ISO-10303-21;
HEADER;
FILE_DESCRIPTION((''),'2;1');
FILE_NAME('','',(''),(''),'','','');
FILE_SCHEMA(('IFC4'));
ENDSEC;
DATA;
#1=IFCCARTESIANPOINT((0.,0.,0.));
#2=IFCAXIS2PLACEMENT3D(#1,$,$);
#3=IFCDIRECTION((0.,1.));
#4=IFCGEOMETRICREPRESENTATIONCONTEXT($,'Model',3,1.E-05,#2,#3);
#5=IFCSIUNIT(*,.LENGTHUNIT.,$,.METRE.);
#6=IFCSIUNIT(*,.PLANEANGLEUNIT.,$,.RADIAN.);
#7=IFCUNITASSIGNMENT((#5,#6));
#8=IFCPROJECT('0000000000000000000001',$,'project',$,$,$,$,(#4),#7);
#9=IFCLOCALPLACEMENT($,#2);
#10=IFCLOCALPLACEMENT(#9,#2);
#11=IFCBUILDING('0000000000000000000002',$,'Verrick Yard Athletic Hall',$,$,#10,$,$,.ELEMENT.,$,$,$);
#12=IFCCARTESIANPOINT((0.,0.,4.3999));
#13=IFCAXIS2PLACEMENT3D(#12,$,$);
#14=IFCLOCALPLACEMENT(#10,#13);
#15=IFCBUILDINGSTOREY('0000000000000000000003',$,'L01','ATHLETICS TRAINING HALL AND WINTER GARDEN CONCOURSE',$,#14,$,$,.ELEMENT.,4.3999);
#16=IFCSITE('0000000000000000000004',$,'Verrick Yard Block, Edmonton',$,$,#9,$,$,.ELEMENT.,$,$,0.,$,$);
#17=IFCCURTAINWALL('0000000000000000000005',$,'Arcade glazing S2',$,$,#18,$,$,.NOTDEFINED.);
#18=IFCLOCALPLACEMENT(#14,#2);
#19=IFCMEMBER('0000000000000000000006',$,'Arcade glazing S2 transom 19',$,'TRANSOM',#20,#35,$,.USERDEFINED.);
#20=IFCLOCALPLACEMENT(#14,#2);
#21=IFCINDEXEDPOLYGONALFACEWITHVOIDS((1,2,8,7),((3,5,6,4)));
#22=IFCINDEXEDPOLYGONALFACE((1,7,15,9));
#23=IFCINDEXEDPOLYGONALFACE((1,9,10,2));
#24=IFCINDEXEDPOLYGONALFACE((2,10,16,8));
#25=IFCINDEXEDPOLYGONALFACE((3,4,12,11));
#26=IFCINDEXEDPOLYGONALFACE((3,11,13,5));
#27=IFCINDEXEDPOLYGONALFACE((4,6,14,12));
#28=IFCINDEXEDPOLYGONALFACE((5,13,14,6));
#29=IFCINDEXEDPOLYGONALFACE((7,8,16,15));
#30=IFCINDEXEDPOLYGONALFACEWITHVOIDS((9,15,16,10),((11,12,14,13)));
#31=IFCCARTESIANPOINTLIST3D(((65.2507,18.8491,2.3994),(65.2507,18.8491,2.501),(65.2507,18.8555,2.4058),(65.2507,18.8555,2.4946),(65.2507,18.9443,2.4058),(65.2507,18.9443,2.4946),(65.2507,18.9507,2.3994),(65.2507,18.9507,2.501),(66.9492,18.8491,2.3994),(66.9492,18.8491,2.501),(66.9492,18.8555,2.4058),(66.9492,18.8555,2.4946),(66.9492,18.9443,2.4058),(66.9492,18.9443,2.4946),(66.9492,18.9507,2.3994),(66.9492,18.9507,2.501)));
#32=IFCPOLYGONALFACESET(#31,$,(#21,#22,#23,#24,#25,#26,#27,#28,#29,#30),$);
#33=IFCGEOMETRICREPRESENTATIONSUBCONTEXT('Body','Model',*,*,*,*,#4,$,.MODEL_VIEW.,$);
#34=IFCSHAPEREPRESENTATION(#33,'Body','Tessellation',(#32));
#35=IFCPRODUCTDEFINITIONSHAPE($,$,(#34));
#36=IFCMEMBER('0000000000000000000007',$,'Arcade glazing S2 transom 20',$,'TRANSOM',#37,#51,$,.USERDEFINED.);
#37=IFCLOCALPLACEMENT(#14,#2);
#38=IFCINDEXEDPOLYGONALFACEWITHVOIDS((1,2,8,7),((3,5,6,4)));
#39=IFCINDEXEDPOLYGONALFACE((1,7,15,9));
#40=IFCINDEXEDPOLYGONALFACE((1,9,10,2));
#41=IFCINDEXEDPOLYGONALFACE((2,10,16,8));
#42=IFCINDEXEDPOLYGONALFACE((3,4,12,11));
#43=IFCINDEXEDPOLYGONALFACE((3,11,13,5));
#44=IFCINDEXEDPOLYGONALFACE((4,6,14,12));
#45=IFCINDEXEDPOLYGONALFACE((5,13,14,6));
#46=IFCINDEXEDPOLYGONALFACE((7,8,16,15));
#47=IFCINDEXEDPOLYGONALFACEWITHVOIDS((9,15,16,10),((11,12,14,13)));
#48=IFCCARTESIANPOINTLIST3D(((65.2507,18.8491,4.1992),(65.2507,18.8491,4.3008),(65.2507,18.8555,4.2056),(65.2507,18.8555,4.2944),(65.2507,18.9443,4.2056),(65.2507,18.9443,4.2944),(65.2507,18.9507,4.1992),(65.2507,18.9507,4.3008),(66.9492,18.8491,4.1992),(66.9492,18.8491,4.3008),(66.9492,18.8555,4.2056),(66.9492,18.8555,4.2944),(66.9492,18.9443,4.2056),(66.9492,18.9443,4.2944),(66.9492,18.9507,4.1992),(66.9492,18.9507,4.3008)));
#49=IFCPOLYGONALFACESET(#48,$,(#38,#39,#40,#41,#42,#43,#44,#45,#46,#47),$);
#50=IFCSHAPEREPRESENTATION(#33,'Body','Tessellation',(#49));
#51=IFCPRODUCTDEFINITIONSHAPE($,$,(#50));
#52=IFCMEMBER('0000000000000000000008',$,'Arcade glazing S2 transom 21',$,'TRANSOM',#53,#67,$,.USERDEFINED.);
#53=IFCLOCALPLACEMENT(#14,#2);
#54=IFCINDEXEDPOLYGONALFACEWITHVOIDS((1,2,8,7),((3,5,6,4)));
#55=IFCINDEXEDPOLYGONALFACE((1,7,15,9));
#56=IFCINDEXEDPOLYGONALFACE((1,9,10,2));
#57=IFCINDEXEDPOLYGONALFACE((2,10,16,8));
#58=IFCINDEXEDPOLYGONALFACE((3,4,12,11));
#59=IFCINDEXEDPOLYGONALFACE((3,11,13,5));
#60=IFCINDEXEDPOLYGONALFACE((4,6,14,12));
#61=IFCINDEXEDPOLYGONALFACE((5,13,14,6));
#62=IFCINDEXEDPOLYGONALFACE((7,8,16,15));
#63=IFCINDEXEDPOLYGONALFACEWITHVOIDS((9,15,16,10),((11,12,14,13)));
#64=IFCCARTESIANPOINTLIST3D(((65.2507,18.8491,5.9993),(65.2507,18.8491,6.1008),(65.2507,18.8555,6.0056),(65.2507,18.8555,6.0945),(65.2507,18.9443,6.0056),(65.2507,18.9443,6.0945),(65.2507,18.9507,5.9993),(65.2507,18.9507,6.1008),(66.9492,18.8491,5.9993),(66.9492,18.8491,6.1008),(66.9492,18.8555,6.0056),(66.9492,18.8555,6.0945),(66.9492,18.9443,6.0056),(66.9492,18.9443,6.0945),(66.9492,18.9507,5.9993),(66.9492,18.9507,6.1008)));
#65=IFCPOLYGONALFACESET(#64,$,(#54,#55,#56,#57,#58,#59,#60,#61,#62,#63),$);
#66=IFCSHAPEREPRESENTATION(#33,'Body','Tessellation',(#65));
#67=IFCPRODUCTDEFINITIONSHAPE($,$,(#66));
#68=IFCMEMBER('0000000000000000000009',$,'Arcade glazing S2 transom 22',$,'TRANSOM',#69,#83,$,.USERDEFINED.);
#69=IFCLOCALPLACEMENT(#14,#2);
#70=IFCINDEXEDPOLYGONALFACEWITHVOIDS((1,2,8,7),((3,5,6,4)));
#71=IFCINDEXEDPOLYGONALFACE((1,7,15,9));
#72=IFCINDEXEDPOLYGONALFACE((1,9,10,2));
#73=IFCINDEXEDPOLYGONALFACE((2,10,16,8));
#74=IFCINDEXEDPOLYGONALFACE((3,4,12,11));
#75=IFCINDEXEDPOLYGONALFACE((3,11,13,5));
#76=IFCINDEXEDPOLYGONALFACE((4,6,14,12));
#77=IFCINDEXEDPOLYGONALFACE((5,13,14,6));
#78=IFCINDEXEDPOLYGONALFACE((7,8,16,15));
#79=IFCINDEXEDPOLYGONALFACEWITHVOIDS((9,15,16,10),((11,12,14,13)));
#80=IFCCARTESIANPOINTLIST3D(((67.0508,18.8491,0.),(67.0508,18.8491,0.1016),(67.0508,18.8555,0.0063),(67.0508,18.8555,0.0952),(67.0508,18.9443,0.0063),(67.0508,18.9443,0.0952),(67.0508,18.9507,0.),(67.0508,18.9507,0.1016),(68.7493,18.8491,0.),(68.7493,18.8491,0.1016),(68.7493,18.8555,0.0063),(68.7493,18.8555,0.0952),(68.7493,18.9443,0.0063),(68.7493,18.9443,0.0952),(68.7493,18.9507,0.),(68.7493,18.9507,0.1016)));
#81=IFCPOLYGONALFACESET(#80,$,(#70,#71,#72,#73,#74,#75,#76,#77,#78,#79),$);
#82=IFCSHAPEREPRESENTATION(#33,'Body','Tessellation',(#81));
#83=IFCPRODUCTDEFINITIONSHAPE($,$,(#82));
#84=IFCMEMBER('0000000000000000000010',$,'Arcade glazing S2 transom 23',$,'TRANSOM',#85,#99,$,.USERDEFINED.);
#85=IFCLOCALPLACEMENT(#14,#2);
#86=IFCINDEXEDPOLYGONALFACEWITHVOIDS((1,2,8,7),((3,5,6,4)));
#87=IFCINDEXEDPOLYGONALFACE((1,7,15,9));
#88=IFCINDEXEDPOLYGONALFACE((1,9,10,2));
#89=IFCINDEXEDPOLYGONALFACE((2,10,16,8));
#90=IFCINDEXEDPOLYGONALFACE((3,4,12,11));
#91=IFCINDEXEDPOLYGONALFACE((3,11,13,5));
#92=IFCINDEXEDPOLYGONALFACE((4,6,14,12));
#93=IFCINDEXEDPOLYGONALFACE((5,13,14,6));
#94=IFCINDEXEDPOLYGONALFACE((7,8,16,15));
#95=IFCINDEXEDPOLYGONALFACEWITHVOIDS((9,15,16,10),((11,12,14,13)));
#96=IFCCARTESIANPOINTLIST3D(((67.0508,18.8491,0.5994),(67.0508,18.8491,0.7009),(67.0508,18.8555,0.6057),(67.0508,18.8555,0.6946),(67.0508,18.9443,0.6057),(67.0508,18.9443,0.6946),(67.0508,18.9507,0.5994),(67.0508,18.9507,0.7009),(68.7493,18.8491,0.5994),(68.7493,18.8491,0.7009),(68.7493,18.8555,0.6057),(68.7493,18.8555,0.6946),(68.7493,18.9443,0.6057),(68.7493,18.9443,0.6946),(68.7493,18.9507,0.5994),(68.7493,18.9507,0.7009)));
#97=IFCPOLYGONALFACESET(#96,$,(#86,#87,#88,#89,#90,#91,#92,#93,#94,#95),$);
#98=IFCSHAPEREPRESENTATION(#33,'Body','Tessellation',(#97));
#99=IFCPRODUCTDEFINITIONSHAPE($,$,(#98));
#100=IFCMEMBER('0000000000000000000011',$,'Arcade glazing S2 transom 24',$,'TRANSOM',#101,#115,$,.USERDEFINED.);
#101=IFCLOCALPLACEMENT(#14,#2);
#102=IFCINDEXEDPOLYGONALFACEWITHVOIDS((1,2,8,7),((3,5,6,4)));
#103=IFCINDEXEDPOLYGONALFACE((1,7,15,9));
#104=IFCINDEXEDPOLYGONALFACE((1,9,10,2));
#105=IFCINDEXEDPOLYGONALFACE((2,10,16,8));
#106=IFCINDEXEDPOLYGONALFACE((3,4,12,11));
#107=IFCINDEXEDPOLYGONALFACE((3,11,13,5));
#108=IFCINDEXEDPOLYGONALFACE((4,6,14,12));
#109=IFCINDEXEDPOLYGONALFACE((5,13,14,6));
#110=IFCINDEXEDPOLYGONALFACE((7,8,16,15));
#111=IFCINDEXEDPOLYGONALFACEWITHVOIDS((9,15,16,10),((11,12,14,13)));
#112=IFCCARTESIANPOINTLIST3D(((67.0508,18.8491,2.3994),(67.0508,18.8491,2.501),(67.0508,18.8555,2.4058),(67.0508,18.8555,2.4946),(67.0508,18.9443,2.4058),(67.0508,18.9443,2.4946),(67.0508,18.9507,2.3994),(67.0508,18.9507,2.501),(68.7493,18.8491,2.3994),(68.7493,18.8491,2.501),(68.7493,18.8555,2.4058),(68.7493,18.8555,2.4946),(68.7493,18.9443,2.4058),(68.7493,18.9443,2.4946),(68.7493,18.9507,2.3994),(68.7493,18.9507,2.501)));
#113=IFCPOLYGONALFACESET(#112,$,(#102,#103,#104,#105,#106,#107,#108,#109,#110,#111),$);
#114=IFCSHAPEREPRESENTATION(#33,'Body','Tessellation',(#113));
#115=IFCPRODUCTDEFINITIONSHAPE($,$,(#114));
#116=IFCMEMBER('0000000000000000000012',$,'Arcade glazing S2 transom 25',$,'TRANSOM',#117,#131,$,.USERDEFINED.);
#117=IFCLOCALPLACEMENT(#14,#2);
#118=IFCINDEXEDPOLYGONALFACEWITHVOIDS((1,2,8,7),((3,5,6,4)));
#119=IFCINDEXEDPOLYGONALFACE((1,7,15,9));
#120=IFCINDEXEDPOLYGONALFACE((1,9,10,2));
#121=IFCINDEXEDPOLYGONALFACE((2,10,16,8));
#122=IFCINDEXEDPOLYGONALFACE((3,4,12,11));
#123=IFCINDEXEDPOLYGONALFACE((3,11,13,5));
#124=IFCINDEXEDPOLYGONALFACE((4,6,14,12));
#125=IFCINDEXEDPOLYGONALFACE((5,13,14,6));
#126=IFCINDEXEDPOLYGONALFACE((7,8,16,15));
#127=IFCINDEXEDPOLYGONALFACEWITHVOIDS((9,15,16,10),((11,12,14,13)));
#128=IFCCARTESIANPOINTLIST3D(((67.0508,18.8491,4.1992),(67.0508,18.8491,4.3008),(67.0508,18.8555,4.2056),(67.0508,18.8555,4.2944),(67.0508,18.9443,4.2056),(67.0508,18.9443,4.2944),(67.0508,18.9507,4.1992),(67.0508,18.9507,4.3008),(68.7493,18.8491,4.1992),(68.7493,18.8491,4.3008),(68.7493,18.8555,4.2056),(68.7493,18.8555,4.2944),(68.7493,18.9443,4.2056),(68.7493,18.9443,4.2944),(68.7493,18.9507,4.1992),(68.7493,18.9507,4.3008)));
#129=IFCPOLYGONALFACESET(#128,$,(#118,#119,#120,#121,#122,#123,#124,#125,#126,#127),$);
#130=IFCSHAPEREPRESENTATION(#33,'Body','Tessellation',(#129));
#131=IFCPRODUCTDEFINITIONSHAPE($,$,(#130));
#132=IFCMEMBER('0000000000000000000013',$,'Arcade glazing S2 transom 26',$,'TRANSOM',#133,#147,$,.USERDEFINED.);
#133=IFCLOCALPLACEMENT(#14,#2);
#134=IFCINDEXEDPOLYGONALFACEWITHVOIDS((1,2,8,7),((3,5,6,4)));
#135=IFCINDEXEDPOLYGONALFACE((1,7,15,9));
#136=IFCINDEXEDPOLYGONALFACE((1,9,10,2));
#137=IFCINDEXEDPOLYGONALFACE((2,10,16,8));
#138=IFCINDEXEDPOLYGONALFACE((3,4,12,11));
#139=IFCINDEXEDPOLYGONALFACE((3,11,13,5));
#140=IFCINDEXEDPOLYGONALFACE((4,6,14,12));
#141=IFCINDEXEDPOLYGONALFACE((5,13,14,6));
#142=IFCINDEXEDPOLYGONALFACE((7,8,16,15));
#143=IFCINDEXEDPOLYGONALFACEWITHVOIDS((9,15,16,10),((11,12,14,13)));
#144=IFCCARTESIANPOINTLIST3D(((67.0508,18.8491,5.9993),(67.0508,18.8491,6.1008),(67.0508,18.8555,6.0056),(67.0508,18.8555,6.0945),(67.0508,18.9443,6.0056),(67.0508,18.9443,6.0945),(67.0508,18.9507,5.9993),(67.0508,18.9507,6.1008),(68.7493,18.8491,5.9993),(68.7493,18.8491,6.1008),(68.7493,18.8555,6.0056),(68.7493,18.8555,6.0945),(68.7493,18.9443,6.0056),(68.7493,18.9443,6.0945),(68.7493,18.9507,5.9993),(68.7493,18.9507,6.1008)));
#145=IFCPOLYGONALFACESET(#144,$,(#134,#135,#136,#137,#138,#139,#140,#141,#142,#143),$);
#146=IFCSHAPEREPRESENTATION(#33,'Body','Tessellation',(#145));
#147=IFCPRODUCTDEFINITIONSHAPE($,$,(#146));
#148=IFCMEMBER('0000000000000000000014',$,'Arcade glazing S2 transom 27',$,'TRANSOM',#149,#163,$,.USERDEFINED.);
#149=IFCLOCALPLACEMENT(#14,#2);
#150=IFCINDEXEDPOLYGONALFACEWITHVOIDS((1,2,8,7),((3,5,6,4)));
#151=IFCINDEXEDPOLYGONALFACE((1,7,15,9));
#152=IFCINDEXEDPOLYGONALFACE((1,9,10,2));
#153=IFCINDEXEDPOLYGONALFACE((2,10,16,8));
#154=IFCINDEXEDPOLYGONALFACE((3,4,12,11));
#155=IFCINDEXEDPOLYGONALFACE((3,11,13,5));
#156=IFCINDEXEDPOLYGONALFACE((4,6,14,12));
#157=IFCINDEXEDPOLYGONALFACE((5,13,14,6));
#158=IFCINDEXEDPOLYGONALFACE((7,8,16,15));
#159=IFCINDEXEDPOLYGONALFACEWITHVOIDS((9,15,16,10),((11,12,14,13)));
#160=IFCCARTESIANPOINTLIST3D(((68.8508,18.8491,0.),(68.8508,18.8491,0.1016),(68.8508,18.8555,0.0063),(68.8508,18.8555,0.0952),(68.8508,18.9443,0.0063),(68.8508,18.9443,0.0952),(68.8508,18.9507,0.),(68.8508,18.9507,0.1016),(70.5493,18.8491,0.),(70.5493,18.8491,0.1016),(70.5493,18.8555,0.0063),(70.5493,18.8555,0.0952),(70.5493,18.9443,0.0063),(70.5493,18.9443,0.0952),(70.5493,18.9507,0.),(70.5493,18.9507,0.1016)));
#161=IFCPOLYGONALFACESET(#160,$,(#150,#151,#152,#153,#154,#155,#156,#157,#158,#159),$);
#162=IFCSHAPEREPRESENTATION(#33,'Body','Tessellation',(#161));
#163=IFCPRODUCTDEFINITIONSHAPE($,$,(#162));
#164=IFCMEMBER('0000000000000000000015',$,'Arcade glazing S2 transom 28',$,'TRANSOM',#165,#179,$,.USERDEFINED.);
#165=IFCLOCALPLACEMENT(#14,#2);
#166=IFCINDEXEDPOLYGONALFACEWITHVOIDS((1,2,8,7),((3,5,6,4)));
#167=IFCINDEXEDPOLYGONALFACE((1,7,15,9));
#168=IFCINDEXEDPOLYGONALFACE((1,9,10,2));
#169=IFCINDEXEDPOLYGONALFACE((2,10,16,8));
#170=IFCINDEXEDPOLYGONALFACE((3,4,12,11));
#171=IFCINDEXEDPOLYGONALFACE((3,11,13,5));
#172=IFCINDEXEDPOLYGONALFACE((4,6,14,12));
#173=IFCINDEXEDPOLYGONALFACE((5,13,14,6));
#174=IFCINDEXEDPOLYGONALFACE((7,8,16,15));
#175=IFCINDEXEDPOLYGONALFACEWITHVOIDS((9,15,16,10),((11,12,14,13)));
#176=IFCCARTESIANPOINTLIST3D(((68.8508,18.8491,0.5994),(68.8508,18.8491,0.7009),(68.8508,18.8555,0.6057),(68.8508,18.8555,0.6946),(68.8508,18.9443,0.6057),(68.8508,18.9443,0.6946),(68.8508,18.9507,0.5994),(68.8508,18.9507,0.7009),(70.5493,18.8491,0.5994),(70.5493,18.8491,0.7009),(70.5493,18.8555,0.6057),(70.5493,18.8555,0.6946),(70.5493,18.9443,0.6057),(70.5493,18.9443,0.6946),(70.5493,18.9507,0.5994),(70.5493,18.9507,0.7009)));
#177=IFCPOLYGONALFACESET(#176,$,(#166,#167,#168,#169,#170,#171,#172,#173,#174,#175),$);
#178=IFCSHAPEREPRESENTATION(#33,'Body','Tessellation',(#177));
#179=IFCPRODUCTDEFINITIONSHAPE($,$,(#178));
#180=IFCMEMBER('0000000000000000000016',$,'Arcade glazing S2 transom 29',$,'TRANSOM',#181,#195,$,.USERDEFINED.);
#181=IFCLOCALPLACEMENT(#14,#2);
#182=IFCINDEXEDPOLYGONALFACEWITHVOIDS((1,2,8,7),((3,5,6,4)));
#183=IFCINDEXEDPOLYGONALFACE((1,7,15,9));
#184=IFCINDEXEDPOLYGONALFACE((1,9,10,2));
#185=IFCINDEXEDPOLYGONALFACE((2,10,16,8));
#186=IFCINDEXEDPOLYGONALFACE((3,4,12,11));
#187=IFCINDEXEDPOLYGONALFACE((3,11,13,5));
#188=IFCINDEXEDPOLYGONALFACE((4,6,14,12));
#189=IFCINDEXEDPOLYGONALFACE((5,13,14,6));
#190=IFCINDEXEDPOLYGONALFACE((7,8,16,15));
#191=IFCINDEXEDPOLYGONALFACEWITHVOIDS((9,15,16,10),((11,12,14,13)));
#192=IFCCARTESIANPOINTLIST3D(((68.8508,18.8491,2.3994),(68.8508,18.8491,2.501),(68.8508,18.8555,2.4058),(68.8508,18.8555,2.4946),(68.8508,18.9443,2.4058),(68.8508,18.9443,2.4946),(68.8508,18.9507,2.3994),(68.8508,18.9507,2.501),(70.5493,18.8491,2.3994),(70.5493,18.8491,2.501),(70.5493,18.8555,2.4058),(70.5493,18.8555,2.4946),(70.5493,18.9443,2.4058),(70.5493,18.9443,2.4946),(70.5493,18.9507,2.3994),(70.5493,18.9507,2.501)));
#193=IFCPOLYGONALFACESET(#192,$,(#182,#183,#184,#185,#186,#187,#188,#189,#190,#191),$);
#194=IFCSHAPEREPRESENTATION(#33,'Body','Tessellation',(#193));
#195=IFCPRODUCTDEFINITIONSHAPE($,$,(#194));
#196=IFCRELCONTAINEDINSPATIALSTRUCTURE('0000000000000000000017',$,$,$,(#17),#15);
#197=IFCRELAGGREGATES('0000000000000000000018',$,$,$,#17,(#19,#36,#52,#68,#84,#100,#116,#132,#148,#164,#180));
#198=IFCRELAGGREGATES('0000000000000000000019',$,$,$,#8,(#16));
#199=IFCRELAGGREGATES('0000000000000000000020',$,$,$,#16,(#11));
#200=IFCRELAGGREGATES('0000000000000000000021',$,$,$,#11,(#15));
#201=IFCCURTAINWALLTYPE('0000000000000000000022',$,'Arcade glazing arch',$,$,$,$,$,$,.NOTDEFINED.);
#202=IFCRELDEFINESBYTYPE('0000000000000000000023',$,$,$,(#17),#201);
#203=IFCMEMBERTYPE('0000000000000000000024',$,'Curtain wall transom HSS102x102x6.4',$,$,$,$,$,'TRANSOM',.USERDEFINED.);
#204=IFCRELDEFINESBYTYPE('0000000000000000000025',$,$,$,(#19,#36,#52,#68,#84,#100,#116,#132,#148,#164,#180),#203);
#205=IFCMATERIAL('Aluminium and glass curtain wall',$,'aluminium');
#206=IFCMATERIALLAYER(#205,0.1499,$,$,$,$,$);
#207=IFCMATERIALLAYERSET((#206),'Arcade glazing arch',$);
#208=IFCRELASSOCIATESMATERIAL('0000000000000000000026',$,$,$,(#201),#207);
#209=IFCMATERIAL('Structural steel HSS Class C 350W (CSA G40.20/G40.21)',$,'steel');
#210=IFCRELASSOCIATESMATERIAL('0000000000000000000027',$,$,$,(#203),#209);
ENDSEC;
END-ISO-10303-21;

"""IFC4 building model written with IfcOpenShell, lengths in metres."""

from ifc_helpers import new_model, si_unit, direction, frame, origin, origin_2d, place, context, subcontext, project, spatial, hollow_rectangle, extrude, material, layer, layer_set, material_profile, profile_set, type_object, element, aggregate, save


model = new_model("IFC4")

# Units and contexts
model_context = context("Model", 3, precision=1e-05, world=origin(), true_north=direction((0.0, 1.0)))
body_context = subcontext(model_context, "Body", "Model", "MODEL_VIEW")
ifc_project = project(units=[si_unit("LENGTHUNIT", "METRE"), si_unit("PLANEANGLEUNIT", "RADIAN")], contexts=[model_context])

# Site, building, storey
site_placement = place(None, origin())
site = spatial("IfcSite", under=ifc_project, at=site_placement, Name="Verrick Yard Block, Edmonton", CompositionType="ELEMENT", RefElevation=0.0)
building_placement = place(site_placement, origin())
building = spatial("IfcBuilding", under=site, at=building_placement, Name="Verrick Yard Athletic Hall", CompositionType="ELEMENT")
storey_placement = place(building_placement, frame((0.0, 0.0, 4.3999)))
storey = spatial("IfcBuildingStorey", under=building, at=storey_placement, Name="L01", Description="ATHLETICS TRAINING HALL AND WINTER GARDEN CONCOURSE", CompositionType="ELEMENT", Elevation=4.3999)

# Curtain wall, members
ifc_material_1 = material(Name="Aluminium and glass curtain wall", Category="aluminium")
ifc_layer_1 = layer(ifc_material_1, 0.1499)
ifc_layer_set_1 = layer_set([ifc_layer_1], Name="Arcade glazing arch")
curtain_wall_type_1 = type_object("IfcCurtainWallType", Name="Arcade glazing arch", PredefinedType="NOTDEFINED", material=ifc_layer_set_1)
curtain_wall_1_placement = place(storey_placement, origin())
curtain_wall_1 = element("IfcCurtainWall", 1, at=curtain_wall_1_placement, inside=storey, type_object=curtain_wall_type_1, Name="Arcade glazing S2", PredefinedType="NOTDEFINED")
ifc_material_2 = material(Name="Structural steel HSS Class C 350W (CSA G40.20/G40.21)", Category="steel")
ifc_material_profile_1 = material_profile(ifc_material_2, hollow_rectangle(XDim=0.1016, YDim=0.1016, WallThickness=0.0063, at=origin_2d()), Name="HSS102x102x6.4")
ifc_profile_set_1 = profile_set([ifc_material_profile_1], Name="Structural steel HSS Class C 350W (CSA G40.20/G40.21)")
member_type_1 = type_object("IfcMemberType", Name="Curtain wall transom HSS102x102x6.4", ElementType="TRANSOM", PredefinedType="USERDEFINED", material=ifc_profile_set_1)
member_1_placement = place(storey_placement, frame((65.2507, 18.8999, 2.4502), z_axis=(1.0, 0.0, 0.0), x_axis=(0.0, 1.0, 0.0)))
member_1 = element("IfcMember", 2, at=member_1_placement, type_object=member_type_1, Name="Arcade glazing S2 transom 19", ObjectType="TRANSOM", PredefinedType="USERDEFINED", context=body_context, shape_type="SweptSolid", body=[
    extrude(hollow_rectangle(XDim=0.1016, YDim=0.1016, WallThickness=0.0063, at=origin_2d()), origin(), (0.0, 0.0, 1.0), 1.6985),
])
member_2_placement = place(storey_placement, frame((65.2507, 18.8999, 4.25), z_axis=(1.0, 0.0, 0.0), x_axis=(0.0, 1.0, 0.0)))
member_2 = element("IfcMember", 3, at=member_2_placement, type_object=member_type_1, Name="Arcade glazing S2 transom 20", ObjectType="TRANSOM", PredefinedType="USERDEFINED", context=body_context, shape_type="SweptSolid", body=[
    extrude(hollow_rectangle(XDim=0.1016, YDim=0.1016, WallThickness=0.0063, at=origin_2d()), origin(), (0.0, 0.0, 1.0), 1.6985),
])
member_3_placement = place(storey_placement, frame((65.2507, 18.8999, 6.05), z_axis=(1.0, 0.0, 0.0), x_axis=(0.0, 1.0, 0.0)))
member_3 = element("IfcMember", 4, at=member_3_placement, type_object=member_type_1, Name="Arcade glazing S2 transom 21", ObjectType="TRANSOM", PredefinedType="USERDEFINED", context=body_context, shape_type="SweptSolid", body=[
    extrude(hollow_rectangle(XDim=0.1016, YDim=0.1016, WallThickness=0.0063, at=origin_2d()), origin(), (0.0, 0.0, 1.0), 1.6985),
])
member_4_placement = place(storey_placement, frame((67.0508, 18.8999, 0.0508), z_axis=(1.0, 0.0, 0.0), x_axis=(0.0, 1.0, 0.0)))
member_4 = element("IfcMember", 5, at=member_4_placement, type_object=member_type_1, Name="Arcade glazing S2 transom 22", ObjectType="TRANSOM", PredefinedType="USERDEFINED", context=body_context, shape_type="SweptSolid", body=[
    extrude(hollow_rectangle(XDim=0.1016, YDim=0.1016, WallThickness=0.0063, at=origin_2d()), origin(), (0.0, 0.0, 1.0), 1.6985),
])
member_5_placement = place(storey_placement, frame((67.0508, 18.8999, 0.6501), z_axis=(1.0, 0.0, 0.0), x_axis=(0.0, 1.0, 0.0)))
member_5 = element("IfcMember", 6, at=member_5_placement, type_object=member_type_1, Name="Arcade glazing S2 transom 23", ObjectType="TRANSOM", PredefinedType="USERDEFINED", context=body_context, shape_type="SweptSolid", body=[
    extrude(hollow_rectangle(XDim=0.1016, YDim=0.1016, WallThickness=0.0063, at=origin_2d()), origin(), (0.0, 0.0, 1.0), 1.6985),
])
member_6_placement = place(storey_placement, frame((67.0508, 18.8999, 2.4502), z_axis=(1.0, 0.0, 0.0), x_axis=(0.0, 1.0, 0.0)))
member_6 = element("IfcMember", 7, at=member_6_placement, type_object=member_type_1, Name="Arcade glazing S2 transom 24", ObjectType="TRANSOM", PredefinedType="USERDEFINED", context=body_context, shape_type="SweptSolid", body=[
    extrude(hollow_rectangle(XDim=0.1016, YDim=0.1016, WallThickness=0.0063, at=origin_2d()), origin(), (0.0, 0.0, 1.0), 1.6985),
])
member_7_placement = place(storey_placement, frame((67.0508, 18.8999, 4.25), z_axis=(1.0, 0.0, 0.0), x_axis=(0.0, 1.0, 0.0)))
member_7 = element("IfcMember", 8, at=member_7_placement, type_object=member_type_1, Name="Arcade glazing S2 transom 25", ObjectType="TRANSOM", PredefinedType="USERDEFINED", context=body_context, shape_type="SweptSolid", body=[
    extrude(hollow_rectangle(XDim=0.1016, YDim=0.1016, WallThickness=0.0063, at=origin_2d()), origin(), (0.0, 0.0, 1.0), 1.6985),
])
member_8_placement = place(storey_placement, frame((67.0508, 18.8999, 6.05), z_axis=(1.0, 0.0, 0.0), x_axis=(0.0, 1.0, 0.0)))
member_8 = element("IfcMember", 9, at=member_8_placement, type_object=member_type_1, Name="Arcade glazing S2 transom 26", ObjectType="TRANSOM", PredefinedType="USERDEFINED", context=body_context, shape_type="SweptSolid", body=[
    extrude(hollow_rectangle(XDim=0.1016, YDim=0.1016, WallThickness=0.0063, at=origin_2d()), origin(), (0.0, 0.0, 1.0), 1.6985),
])
member_9_placement = place(storey_placement, frame((68.8508, 18.8999, 0.0508), z_axis=(1.0, 0.0, 0.0), x_axis=(0.0, 1.0, 0.0)))
member_9 = element("IfcMember", 10, at=member_9_placement, type_object=member_type_1, Name="Arcade glazing S2 transom 27", ObjectType="TRANSOM", PredefinedType="USERDEFINED", context=body_context, shape_type="SweptSolid", body=[
    extrude(hollow_rectangle(XDim=0.1016, YDim=0.1016, WallThickness=0.0063, at=origin_2d()), origin(), (0.0, 0.0, 1.0), 1.6985),
])
member_10_placement = place(storey_placement, frame((68.8508, 18.8999, 0.6501), z_axis=(1.0, 0.0, 0.0), x_axis=(0.0, 1.0, 0.0)))
member_10 = element("IfcMember", 11, at=member_10_placement, type_object=member_type_1, Name="Arcade glazing S2 transom 28", ObjectType="TRANSOM", PredefinedType="USERDEFINED", context=body_context, shape_type="SweptSolid", body=[
    extrude(hollow_rectangle(XDim=0.1016, YDim=0.1016, WallThickness=0.0063, at=origin_2d()), origin(), (0.0, 0.0, 1.0), 1.6985),
])
member_11_placement = place(storey_placement, frame((68.8508, 18.8999, 2.4502), z_axis=(1.0, 0.0, 0.0), x_axis=(0.0, 1.0, 0.0)))
member_11 = element("IfcMember", 12, at=member_11_placement, type_object=member_type_1, Name="Arcade glazing S2 transom 29", ObjectType="TRANSOM", PredefinedType="USERDEFINED", context=body_context, shape_type="SweptSolid", body=[
    extrude(hollow_rectangle(XDim=0.1016, YDim=0.1016, WallThickness=0.0063, at=origin_2d()), origin(), (0.0, 0.0, 1.0), 1.6985),
])
aggregate(curtain_wall_1, [member_1, member_2, member_3, member_4, member_5, member_6, member_7, member_8, member_9, member_10, member_11])

save(model, "model.ifc")
